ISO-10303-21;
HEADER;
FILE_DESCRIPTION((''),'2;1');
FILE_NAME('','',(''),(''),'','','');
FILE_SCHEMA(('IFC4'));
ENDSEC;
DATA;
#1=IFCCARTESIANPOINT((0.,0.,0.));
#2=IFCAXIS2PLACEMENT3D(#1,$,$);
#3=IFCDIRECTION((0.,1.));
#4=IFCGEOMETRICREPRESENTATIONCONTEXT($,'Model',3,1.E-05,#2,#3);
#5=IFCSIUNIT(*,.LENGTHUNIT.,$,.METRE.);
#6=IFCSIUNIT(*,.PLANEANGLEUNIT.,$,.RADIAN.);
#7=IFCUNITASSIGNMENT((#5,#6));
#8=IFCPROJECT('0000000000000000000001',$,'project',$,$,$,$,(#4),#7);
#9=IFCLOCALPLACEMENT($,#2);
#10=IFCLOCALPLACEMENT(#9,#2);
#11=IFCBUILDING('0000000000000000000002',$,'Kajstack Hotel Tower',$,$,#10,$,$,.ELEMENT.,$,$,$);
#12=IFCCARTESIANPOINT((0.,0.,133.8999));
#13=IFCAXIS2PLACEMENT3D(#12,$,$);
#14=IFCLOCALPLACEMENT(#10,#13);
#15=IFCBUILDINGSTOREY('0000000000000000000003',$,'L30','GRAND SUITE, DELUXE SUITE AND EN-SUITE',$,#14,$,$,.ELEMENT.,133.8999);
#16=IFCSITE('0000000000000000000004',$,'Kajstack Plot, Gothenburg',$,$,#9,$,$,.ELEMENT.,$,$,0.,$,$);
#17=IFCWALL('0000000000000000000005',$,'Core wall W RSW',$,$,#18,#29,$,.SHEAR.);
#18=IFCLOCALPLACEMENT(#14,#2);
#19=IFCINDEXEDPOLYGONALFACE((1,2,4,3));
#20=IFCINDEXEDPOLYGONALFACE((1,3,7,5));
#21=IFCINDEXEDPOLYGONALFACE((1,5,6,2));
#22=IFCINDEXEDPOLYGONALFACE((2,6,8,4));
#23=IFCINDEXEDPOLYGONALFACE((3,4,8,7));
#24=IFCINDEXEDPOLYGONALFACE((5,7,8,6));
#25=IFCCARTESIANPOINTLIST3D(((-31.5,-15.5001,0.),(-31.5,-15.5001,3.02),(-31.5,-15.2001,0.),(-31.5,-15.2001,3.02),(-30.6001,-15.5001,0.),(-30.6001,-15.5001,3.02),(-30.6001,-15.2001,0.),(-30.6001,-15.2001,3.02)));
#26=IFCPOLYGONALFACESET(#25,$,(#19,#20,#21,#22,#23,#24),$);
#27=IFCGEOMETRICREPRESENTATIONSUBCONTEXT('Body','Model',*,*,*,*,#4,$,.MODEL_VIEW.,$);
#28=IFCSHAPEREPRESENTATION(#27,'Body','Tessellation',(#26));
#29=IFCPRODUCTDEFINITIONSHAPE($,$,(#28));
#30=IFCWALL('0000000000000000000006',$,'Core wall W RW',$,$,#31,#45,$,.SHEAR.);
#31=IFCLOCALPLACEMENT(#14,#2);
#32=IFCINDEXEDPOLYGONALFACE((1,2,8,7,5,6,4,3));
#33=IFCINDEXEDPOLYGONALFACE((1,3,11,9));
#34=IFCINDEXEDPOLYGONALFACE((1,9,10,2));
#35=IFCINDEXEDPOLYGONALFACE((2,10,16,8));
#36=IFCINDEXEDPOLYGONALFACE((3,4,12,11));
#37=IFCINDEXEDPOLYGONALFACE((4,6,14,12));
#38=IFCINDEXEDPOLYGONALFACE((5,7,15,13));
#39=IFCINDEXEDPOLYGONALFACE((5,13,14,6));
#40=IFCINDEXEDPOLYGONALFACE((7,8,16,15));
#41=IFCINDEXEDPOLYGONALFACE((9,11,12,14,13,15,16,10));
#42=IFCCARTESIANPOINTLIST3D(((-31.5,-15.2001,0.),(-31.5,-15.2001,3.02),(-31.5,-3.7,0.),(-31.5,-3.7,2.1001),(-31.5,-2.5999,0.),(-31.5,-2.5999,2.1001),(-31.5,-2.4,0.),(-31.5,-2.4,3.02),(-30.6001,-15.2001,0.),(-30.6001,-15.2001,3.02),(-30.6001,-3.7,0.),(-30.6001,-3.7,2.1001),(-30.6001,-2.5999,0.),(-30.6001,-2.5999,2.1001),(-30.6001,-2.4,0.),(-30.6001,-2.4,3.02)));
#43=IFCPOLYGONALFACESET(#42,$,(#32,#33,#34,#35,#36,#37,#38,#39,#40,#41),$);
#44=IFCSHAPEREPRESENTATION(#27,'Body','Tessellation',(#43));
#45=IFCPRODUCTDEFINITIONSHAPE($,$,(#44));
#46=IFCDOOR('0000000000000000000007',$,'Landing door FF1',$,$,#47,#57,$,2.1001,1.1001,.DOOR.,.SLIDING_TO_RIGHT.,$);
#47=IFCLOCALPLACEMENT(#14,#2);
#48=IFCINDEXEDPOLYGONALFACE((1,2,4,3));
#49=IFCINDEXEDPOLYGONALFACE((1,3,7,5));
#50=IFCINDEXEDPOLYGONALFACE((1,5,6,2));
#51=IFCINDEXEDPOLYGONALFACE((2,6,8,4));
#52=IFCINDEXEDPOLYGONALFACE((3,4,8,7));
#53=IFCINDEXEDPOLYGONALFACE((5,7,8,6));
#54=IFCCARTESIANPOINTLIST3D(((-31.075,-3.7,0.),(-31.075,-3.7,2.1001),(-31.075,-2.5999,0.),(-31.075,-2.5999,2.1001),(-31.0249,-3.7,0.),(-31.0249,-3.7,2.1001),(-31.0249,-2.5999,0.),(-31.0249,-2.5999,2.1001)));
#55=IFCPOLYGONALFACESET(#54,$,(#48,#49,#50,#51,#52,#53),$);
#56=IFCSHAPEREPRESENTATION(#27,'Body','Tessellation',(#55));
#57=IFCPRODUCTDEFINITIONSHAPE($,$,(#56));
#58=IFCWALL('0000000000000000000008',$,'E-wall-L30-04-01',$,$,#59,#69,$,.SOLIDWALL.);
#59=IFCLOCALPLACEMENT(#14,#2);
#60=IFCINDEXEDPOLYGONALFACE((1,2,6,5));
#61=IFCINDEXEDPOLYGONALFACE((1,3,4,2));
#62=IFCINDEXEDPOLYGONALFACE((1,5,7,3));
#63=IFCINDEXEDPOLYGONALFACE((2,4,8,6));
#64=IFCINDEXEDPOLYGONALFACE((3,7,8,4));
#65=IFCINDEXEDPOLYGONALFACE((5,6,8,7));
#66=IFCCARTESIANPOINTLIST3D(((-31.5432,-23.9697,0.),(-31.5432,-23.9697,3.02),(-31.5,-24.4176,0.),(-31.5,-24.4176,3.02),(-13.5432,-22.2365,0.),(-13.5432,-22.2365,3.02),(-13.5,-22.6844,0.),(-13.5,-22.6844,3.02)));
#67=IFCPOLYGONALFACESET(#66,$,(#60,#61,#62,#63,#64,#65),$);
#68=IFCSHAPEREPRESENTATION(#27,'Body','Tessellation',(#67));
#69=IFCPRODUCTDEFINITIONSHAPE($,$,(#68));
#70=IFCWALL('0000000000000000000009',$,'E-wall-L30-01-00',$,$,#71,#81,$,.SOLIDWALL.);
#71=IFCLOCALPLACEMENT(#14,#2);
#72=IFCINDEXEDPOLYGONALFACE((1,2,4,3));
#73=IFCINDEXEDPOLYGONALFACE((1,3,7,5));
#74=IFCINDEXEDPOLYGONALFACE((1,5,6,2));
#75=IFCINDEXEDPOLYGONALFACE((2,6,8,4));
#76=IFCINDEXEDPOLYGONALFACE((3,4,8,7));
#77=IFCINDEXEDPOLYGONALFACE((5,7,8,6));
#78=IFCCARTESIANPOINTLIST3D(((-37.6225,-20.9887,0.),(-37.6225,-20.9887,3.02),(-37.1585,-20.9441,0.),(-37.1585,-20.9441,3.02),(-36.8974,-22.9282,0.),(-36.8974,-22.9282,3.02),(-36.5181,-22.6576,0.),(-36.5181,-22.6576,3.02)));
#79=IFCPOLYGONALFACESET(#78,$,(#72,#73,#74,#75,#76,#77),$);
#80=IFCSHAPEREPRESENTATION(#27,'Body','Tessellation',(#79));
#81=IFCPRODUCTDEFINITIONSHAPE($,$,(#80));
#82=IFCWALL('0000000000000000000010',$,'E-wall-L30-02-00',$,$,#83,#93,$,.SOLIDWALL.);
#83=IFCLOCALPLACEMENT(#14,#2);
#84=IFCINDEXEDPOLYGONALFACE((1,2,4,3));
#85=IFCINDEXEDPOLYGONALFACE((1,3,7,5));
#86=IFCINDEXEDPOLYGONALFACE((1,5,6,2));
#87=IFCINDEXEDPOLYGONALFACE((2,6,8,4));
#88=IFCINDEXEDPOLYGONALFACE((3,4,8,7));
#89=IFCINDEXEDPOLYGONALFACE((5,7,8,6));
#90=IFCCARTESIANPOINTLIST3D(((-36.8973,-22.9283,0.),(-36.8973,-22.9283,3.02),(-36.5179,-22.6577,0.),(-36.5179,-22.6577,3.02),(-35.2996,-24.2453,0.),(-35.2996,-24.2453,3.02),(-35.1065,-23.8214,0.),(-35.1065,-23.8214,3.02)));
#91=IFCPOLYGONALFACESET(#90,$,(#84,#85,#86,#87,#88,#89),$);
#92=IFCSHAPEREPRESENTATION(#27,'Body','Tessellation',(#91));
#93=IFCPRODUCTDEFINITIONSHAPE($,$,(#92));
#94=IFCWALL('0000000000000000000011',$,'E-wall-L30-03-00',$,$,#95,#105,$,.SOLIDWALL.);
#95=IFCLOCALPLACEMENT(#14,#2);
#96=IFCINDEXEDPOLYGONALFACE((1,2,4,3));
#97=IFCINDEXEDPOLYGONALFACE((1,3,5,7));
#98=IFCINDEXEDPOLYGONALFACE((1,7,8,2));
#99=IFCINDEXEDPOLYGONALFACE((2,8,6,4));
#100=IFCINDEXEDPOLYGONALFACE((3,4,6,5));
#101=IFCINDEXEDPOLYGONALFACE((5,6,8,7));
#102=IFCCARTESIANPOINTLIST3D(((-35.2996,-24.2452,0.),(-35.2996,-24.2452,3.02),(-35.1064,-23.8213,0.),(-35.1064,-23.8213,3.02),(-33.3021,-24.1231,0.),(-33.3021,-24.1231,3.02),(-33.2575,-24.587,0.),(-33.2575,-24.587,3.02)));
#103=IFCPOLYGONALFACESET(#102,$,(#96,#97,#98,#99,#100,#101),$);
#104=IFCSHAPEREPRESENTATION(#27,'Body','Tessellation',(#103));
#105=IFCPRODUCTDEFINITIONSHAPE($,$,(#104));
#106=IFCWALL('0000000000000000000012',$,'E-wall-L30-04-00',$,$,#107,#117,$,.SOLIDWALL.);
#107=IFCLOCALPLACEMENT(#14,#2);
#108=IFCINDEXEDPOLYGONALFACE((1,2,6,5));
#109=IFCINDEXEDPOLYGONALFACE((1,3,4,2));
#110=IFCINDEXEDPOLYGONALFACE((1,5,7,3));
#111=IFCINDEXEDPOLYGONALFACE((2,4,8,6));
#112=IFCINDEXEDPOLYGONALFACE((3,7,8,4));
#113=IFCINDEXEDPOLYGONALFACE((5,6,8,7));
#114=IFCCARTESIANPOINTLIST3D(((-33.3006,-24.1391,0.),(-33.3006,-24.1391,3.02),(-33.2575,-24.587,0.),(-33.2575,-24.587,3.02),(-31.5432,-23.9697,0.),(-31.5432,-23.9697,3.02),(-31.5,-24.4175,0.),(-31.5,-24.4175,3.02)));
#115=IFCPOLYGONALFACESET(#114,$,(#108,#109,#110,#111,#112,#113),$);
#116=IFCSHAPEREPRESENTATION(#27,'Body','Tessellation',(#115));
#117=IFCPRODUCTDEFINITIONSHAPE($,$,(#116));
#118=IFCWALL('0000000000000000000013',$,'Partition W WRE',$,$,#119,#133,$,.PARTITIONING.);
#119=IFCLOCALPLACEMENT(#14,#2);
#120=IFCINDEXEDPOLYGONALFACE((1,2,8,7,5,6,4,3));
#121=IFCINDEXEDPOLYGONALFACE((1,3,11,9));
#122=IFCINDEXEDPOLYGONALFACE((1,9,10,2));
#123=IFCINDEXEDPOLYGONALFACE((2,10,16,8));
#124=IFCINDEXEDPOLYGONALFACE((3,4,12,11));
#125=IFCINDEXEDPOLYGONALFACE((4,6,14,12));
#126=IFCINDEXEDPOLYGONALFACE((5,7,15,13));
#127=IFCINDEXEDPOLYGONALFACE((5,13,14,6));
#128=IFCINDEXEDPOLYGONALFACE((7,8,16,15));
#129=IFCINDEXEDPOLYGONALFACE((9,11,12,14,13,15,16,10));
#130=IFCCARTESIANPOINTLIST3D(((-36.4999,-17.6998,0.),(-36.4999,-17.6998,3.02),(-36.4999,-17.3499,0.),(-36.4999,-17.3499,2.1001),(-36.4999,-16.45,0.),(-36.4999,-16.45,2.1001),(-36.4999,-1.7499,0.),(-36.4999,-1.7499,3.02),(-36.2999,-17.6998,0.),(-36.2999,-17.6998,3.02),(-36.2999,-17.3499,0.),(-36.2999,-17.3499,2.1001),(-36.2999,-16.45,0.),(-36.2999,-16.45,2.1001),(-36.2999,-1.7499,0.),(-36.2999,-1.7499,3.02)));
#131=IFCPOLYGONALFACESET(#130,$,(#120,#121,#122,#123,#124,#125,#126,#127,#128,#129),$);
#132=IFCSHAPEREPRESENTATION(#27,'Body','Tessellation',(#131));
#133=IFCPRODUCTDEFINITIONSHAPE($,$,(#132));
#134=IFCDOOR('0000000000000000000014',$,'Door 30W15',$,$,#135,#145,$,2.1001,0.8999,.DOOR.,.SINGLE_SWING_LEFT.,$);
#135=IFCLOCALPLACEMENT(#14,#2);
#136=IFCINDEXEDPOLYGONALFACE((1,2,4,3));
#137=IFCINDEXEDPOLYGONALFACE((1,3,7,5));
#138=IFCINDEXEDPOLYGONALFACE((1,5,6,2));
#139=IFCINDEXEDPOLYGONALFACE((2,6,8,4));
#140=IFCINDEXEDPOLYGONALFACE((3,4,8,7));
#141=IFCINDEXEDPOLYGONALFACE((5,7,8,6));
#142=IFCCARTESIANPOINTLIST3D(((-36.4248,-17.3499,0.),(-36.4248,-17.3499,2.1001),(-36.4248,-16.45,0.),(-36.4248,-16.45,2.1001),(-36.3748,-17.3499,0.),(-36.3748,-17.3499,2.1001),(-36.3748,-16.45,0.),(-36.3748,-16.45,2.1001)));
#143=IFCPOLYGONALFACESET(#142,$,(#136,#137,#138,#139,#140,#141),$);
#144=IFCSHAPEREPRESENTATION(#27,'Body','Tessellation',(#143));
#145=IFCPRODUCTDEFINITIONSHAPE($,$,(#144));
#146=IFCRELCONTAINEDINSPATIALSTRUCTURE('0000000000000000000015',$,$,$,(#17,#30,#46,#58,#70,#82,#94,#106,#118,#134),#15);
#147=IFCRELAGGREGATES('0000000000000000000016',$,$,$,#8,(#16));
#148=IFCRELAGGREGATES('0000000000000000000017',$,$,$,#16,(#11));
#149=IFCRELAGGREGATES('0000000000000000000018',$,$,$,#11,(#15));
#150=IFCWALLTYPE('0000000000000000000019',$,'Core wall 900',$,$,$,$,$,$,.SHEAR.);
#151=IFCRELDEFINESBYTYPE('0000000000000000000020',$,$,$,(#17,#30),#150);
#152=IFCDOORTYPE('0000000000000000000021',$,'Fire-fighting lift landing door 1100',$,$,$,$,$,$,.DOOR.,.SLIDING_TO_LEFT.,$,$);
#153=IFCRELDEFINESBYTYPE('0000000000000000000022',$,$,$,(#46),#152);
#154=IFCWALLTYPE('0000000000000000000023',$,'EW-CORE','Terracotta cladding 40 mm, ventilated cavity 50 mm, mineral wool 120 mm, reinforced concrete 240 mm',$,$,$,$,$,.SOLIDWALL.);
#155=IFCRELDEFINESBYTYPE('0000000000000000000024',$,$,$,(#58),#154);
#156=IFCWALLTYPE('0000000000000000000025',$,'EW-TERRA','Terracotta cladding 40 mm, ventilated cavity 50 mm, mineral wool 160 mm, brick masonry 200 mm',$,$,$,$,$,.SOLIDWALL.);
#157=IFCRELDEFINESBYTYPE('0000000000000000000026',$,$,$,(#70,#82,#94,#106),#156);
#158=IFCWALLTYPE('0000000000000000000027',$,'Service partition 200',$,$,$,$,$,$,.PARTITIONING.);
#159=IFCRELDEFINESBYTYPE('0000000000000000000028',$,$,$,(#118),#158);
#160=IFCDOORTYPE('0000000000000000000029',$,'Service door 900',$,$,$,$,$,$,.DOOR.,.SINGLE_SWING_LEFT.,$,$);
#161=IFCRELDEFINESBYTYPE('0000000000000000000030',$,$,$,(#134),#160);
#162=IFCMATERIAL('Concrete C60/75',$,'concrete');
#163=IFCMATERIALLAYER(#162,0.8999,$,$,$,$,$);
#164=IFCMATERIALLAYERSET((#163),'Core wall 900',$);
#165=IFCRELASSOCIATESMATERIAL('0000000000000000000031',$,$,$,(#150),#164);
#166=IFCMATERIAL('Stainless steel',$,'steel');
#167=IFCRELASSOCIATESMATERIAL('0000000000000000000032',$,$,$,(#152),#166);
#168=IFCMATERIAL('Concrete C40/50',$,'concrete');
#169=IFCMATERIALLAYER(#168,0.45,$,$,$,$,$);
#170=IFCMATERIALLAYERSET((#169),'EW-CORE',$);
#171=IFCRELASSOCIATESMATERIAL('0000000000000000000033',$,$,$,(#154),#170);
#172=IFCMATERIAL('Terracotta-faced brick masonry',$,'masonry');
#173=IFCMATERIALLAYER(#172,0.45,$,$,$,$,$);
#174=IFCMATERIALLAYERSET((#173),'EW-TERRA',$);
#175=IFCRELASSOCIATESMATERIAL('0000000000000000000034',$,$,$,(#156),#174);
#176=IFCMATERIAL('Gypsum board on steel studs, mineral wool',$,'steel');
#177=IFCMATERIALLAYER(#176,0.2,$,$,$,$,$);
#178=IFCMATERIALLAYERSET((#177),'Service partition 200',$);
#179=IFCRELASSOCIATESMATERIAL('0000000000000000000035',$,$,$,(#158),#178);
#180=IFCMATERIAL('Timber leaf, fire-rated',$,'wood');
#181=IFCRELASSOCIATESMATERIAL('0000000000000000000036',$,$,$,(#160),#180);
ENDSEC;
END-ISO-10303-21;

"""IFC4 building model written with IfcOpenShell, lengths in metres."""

from ifc_helpers import new_model, si_unit, direction, frame, frame_2d, origin, place, context, subcontext, project, spatial, polyline, rectangle, outline, extrude, material, layer, layer_set, type_object, element, fill, save


model = new_model("IFC4")

# Units and contexts
model_context = context("Model", 3, precision=1e-05, world=origin(), true_north=direction((0.0, 1.0)))
body_context = subcontext(model_context, "Body", "Model", "MODEL_VIEW")
ifc_project = project(units=[si_unit("LENGTHUNIT", "METRE"), si_unit("PLANEANGLEUNIT", "RADIAN")], contexts=[model_context])

# Site, building, storey
site_placement = place(None, origin())
site = spatial("IfcSite", under=ifc_project, at=site_placement, Name="Kajstack Plot, Gothenburg", CompositionType="ELEMENT", RefElevation=0.0)
building_placement = place(site_placement, origin())
building = spatial("IfcBuilding", under=site, at=building_placement, Name="Kajstack Hotel Tower", CompositionType="ELEMENT")
storey_placement = place(building_placement, frame((0.0, 0.0, 133.8999)))
storey = spatial("IfcBuildingStorey", under=building, at=storey_placement, Name="L30", Description="GRAND SUITE, DELUXE SUITE AND EN-SUITE", CompositionType="ELEMENT", Elevation=133.8999)

# Wall
ifc_material_1 = material(Name="Concrete C60/75", Category="concrete")
ifc_layer_1 = layer(ifc_material_1, 0.8999)
ifc_layer_set_1 = layer_set([ifc_layer_1], Name="Core wall 900")
wall_type_1 = type_object("IfcWallType", Name="Core wall 900", PredefinedType="SHEAR", material=ifc_layer_set_1)
wall_1_placement = place(storey_placement, frame((-31.5, -15.3501, 0.0), z_axis=(0.0, 0.0, 1.0), x_axis=(1.0, 0.0, 0.0)))
element("IfcWall", 1, at=wall_1_placement, inside=storey, type_object=wall_type_1, Name="Core wall W RSW", PredefinedType="SHEAR", context=body_context, shape_type="SweptSolid", body=[
    extrude(rectangle(XDim=0.8999, YDim=0.3, at=frame_2d((0.45, 0.0))), origin(), (0.0, 0.0, 1.0), 3.02),
])

# Wall, opening, door
wall_2_placement = place(storey_placement, frame((-31.05, -15.2, 0.0), z_axis=(0.0, 0.0, 1.0), x_axis=(0.0, 1.0, 0.0)))
wall_2 = element("IfcWall", 2, at=wall_2_placement, inside=storey, type_object=wall_type_1, Name="Core wall W RW", PredefinedType="SHEAR", context=body_context, shape_type="SweptSolid", body=[
    extrude(rectangle(XDim=12.8, YDim=0.8999, at=frame_2d((6.3999, 0.0))), origin(), (0.0, 0.0, 1.0), 3.02),
])
opening_1_placement = place(wall_2_placement, frame((11.5, 0.0, 0.0)))
opening_1 = element("IfcOpeningElement", 3, at=opening_1_placement, cuts=wall_2, PredefinedType="OPENING", context=body_context, shape_type="SweptSolid", body=[
    extrude(rectangle(XDim=1.1001, YDim=2.1001, at=frame_2d((0.55, 1.05))), frame((0.0, 0.46, 0.0), z_axis=(0.0, -1.0, 0.0), x_axis=(1.0, 0.0, 0.0)), (0.0, 0.0, 1.0), 0.9199),
])
ifc_material_2 = material(Name="Stainless steel", Category="steel")
door_type_1 = type_object("IfcDoorType", Name="Fire-fighting lift landing door 1100", OperationType="SLIDING_TO_LEFT", PredefinedType="DOOR", material=ifc_material_2)
door_1_placement = place(opening_1_placement, origin())
door_1 = element("IfcDoor", 4, at=door_1_placement, inside=storey, type_object=door_type_1, Name="Landing door FF1", OperationType="SLIDING_TO_RIGHT", OverallHeight=2.1001, OverallWidth=1.1001, PredefinedType="DOOR", context=body_context, shape_type="SweptSolid", body=[
    extrude(rectangle(XDim=1.1001, YDim=2.1001, at=frame_2d((0.55, 1.05))), frame((0.0, 0.0249, 0.0), z_axis=(0.0, -1.0, 0.0), x_axis=(1.0, 0.0, 0.0)), (0.0, 0.0, 1.0), 0.05),
])
fill(opening_1, door_1)

# Walls
ifc_material_3 = material(Name="Concrete C40/50", Category="concrete")
ifc_layer_2 = layer(ifc_material_3, 0.45)
ifc_layer_set_2 = layer_set([ifc_layer_2], Name="EW-CORE")
wall_type_2 = type_object("IfcWallType", Name="EW-CORE", Description="Terracotta cladding 40 mm, ventilated cavity 50 mm, mineral wool 120 mm, reinforced concrete 240 mm", PredefinedType="SOLIDWALL", material=ifc_layer_set_2)
wall_3_placement = place(storey_placement, frame((-31.5215, -24.1936, 0.0), z_axis=(0.0, 0.0, 1.0), x_axis=(0.995396, 0.095843, 0.0)))
element("IfcWall", 5, at=wall_3_placement, inside=storey, type_object=wall_type_2, Name="E-wall-L30-04-01", PredefinedType="SOLIDWALL", context=body_context, shape_type="SweptSolid", body=[
    extrude(rectangle(XDim=18.0833, YDim=0.45, at=frame_2d((9.0415, 0.0))), origin(), (0.0, 0.0, 1.0), 3.02),
])
ifc_material_4 = material(Name="Terracotta-faced brick masonry", Category="masonry")
ifc_layer_3 = layer(ifc_material_4, 0.45)
ifc_layer_set_3 = layer_set([ifc_layer_3], Name="EW-TERRA")
wall_type_3 = type_object("IfcWallType", Name="EW-TERRA", Description="Terracotta cladding 40 mm, ventilated cavity 50 mm, mineral wool 160 mm, brick masonry 200 mm", PredefinedType="SOLIDWALL", material=ifc_layer_set_3)
for number, where, z_axis, x_axis, name in (
    (6, (-37.4116, -20.9099, 0.0), (0.0, 0.0, 1.0), (0.350193, -0.936678, 0.0), "E-wall-L30-01-00"),
    (7, (-36.7542, -22.7546, 0.0), (0.0, 0.0, 1.0), (0.771651, -0.636046, 0.0), "E-wall-L30-02-00"),
):
    element("IfcWall", number, at=place(storey_placement, frame(where, z_axis=z_axis, x_axis=x_axis)), inside=storey, type_object=wall_type_3, Name=name, PredefinedType="SOLIDWALL", context=body_context, shape_type="SweptSolid", body=[
        extrude(outline(polyline([(0.0, -0.2251), (2.0706, -0.2251), (1.95, 0.2249), (0.1206, 0.2251), (0.0, -0.2251)])), origin(), (0.0, 0.0, 1.0), 3.02),
    ])
wall_4_placement = place(storey_placement, frame((-35.2625, -24.0232, 0.0), z_axis=(0.0, 0.0, 1.0), x_axis=(0.986279, -0.165087, 0.0)))
element("IfcWall", 8, at=wall_4_placement, inside=storey, type_object=wall_type_3, Name="E-wall-L30-03-00", PredefinedType="SOLIDWALL", context=body_context, shape_type="SweptSolid", body=[
    extrude(outline(polyline([(0.0, -0.2251), (2.0706, -0.2251), (1.95, 0.2251), (0.1206, 0.2249), (0.0, -0.2251)])), origin(), (0.0, 0.0, 1.0), 3.02),
])
wall_5_placement = place(storey_placement, frame((-33.2791, -24.363, 0.0), z_axis=(0.0, 0.0, 1.0), x_axis=(0.995385, 0.095957, 0.0)))
element("IfcWall", 9, at=wall_5_placement, inside=storey, type_object=wall_type_3, Name="E-wall-L30-04-00", PredefinedType="SOLIDWALL", context=body_context, shape_type="SweptSolid", body=[
    extrude(rectangle(XDim=1.7656, YDim=0.45, at=frame_2d((0.8828, 0.0))), origin(), (0.0, 0.0, 1.0), 3.02),
])

# Wall, opening, door
ifc_material_5 = material(Name="Gypsum board on steel studs, mineral wool", Category="steel")
ifc_layer_4 = layer(ifc_material_5, 0.2)
ifc_layer_set_4 = layer_set([ifc_layer_4], Name="Service partition 200")
wall_type_4 = type_object("IfcWallType", Name="Service partition 200", PredefinedType="PARTITIONING", material=ifc_layer_set_4)
wall_6_placement = place(storey_placement, frame((-36.3999, -17.7, 0.0), z_axis=(0.0, 0.0, 1.0), x_axis=(0.0, 1.0, 0.0)))
wall_6 = element("IfcWall", 10, at=wall_6_placement, inside=storey, type_object=wall_type_4, Name="Partition W WRE", PredefinedType="PARTITIONING", context=body_context, shape_type="SweptSolid", body=[
    extrude(rectangle(XDim=15.95, YDim=0.2, at=frame_2d((7.9751, 0.0))), origin(), (0.0, 0.0, 1.0), 3.02),
])
opening_2_placement = place(wall_6_placement, frame((0.3501, 0.0, 0.0)))
opening_2 = element("IfcOpeningElement", 11, at=opening_2_placement, cuts=wall_6, PredefinedType="OPENING", context=body_context, shape_type="SweptSolid", body=[
    extrude(rectangle(XDim=0.8999, YDim=2.1001, at=frame_2d((0.45, 1.05))), frame((0.0, 0.1099, 0.0), z_axis=(0.0, -1.0, 0.0), x_axis=(1.0, 0.0, 0.0)), (0.0, 0.0, 1.0), 0.22),
])
ifc_material_6 = material(Name="Timber leaf, fire-rated", Category="wood")
door_type_2 = type_object("IfcDoorType", Name="Service door 900", OperationType="SINGLE_SWING_LEFT", PredefinedType="DOOR", material=ifc_material_6)
door_2_placement = place(opening_2_placement, origin())
door_2 = element("IfcDoor", 12, at=door_2_placement, inside=storey, type_object=door_type_2, Name="Door 30W15", OperationType="SINGLE_SWING_LEFT", OverallHeight=2.1001, OverallWidth=0.8999, PredefinedType="DOOR", context=body_context, shape_type="SweptSolid", body=[
    extrude(rectangle(XDim=0.8999, YDim=2.1001, at=frame_2d((0.45, 1.05))), frame((0.0, 0.0249, 0.0), z_axis=(0.0, -1.0, 0.0), x_axis=(1.0, 0.0, 0.0)), (0.0, 0.0, 1.0), 0.05),
])
fill(opening_2, door_2)

save(model, "model.ifc")
